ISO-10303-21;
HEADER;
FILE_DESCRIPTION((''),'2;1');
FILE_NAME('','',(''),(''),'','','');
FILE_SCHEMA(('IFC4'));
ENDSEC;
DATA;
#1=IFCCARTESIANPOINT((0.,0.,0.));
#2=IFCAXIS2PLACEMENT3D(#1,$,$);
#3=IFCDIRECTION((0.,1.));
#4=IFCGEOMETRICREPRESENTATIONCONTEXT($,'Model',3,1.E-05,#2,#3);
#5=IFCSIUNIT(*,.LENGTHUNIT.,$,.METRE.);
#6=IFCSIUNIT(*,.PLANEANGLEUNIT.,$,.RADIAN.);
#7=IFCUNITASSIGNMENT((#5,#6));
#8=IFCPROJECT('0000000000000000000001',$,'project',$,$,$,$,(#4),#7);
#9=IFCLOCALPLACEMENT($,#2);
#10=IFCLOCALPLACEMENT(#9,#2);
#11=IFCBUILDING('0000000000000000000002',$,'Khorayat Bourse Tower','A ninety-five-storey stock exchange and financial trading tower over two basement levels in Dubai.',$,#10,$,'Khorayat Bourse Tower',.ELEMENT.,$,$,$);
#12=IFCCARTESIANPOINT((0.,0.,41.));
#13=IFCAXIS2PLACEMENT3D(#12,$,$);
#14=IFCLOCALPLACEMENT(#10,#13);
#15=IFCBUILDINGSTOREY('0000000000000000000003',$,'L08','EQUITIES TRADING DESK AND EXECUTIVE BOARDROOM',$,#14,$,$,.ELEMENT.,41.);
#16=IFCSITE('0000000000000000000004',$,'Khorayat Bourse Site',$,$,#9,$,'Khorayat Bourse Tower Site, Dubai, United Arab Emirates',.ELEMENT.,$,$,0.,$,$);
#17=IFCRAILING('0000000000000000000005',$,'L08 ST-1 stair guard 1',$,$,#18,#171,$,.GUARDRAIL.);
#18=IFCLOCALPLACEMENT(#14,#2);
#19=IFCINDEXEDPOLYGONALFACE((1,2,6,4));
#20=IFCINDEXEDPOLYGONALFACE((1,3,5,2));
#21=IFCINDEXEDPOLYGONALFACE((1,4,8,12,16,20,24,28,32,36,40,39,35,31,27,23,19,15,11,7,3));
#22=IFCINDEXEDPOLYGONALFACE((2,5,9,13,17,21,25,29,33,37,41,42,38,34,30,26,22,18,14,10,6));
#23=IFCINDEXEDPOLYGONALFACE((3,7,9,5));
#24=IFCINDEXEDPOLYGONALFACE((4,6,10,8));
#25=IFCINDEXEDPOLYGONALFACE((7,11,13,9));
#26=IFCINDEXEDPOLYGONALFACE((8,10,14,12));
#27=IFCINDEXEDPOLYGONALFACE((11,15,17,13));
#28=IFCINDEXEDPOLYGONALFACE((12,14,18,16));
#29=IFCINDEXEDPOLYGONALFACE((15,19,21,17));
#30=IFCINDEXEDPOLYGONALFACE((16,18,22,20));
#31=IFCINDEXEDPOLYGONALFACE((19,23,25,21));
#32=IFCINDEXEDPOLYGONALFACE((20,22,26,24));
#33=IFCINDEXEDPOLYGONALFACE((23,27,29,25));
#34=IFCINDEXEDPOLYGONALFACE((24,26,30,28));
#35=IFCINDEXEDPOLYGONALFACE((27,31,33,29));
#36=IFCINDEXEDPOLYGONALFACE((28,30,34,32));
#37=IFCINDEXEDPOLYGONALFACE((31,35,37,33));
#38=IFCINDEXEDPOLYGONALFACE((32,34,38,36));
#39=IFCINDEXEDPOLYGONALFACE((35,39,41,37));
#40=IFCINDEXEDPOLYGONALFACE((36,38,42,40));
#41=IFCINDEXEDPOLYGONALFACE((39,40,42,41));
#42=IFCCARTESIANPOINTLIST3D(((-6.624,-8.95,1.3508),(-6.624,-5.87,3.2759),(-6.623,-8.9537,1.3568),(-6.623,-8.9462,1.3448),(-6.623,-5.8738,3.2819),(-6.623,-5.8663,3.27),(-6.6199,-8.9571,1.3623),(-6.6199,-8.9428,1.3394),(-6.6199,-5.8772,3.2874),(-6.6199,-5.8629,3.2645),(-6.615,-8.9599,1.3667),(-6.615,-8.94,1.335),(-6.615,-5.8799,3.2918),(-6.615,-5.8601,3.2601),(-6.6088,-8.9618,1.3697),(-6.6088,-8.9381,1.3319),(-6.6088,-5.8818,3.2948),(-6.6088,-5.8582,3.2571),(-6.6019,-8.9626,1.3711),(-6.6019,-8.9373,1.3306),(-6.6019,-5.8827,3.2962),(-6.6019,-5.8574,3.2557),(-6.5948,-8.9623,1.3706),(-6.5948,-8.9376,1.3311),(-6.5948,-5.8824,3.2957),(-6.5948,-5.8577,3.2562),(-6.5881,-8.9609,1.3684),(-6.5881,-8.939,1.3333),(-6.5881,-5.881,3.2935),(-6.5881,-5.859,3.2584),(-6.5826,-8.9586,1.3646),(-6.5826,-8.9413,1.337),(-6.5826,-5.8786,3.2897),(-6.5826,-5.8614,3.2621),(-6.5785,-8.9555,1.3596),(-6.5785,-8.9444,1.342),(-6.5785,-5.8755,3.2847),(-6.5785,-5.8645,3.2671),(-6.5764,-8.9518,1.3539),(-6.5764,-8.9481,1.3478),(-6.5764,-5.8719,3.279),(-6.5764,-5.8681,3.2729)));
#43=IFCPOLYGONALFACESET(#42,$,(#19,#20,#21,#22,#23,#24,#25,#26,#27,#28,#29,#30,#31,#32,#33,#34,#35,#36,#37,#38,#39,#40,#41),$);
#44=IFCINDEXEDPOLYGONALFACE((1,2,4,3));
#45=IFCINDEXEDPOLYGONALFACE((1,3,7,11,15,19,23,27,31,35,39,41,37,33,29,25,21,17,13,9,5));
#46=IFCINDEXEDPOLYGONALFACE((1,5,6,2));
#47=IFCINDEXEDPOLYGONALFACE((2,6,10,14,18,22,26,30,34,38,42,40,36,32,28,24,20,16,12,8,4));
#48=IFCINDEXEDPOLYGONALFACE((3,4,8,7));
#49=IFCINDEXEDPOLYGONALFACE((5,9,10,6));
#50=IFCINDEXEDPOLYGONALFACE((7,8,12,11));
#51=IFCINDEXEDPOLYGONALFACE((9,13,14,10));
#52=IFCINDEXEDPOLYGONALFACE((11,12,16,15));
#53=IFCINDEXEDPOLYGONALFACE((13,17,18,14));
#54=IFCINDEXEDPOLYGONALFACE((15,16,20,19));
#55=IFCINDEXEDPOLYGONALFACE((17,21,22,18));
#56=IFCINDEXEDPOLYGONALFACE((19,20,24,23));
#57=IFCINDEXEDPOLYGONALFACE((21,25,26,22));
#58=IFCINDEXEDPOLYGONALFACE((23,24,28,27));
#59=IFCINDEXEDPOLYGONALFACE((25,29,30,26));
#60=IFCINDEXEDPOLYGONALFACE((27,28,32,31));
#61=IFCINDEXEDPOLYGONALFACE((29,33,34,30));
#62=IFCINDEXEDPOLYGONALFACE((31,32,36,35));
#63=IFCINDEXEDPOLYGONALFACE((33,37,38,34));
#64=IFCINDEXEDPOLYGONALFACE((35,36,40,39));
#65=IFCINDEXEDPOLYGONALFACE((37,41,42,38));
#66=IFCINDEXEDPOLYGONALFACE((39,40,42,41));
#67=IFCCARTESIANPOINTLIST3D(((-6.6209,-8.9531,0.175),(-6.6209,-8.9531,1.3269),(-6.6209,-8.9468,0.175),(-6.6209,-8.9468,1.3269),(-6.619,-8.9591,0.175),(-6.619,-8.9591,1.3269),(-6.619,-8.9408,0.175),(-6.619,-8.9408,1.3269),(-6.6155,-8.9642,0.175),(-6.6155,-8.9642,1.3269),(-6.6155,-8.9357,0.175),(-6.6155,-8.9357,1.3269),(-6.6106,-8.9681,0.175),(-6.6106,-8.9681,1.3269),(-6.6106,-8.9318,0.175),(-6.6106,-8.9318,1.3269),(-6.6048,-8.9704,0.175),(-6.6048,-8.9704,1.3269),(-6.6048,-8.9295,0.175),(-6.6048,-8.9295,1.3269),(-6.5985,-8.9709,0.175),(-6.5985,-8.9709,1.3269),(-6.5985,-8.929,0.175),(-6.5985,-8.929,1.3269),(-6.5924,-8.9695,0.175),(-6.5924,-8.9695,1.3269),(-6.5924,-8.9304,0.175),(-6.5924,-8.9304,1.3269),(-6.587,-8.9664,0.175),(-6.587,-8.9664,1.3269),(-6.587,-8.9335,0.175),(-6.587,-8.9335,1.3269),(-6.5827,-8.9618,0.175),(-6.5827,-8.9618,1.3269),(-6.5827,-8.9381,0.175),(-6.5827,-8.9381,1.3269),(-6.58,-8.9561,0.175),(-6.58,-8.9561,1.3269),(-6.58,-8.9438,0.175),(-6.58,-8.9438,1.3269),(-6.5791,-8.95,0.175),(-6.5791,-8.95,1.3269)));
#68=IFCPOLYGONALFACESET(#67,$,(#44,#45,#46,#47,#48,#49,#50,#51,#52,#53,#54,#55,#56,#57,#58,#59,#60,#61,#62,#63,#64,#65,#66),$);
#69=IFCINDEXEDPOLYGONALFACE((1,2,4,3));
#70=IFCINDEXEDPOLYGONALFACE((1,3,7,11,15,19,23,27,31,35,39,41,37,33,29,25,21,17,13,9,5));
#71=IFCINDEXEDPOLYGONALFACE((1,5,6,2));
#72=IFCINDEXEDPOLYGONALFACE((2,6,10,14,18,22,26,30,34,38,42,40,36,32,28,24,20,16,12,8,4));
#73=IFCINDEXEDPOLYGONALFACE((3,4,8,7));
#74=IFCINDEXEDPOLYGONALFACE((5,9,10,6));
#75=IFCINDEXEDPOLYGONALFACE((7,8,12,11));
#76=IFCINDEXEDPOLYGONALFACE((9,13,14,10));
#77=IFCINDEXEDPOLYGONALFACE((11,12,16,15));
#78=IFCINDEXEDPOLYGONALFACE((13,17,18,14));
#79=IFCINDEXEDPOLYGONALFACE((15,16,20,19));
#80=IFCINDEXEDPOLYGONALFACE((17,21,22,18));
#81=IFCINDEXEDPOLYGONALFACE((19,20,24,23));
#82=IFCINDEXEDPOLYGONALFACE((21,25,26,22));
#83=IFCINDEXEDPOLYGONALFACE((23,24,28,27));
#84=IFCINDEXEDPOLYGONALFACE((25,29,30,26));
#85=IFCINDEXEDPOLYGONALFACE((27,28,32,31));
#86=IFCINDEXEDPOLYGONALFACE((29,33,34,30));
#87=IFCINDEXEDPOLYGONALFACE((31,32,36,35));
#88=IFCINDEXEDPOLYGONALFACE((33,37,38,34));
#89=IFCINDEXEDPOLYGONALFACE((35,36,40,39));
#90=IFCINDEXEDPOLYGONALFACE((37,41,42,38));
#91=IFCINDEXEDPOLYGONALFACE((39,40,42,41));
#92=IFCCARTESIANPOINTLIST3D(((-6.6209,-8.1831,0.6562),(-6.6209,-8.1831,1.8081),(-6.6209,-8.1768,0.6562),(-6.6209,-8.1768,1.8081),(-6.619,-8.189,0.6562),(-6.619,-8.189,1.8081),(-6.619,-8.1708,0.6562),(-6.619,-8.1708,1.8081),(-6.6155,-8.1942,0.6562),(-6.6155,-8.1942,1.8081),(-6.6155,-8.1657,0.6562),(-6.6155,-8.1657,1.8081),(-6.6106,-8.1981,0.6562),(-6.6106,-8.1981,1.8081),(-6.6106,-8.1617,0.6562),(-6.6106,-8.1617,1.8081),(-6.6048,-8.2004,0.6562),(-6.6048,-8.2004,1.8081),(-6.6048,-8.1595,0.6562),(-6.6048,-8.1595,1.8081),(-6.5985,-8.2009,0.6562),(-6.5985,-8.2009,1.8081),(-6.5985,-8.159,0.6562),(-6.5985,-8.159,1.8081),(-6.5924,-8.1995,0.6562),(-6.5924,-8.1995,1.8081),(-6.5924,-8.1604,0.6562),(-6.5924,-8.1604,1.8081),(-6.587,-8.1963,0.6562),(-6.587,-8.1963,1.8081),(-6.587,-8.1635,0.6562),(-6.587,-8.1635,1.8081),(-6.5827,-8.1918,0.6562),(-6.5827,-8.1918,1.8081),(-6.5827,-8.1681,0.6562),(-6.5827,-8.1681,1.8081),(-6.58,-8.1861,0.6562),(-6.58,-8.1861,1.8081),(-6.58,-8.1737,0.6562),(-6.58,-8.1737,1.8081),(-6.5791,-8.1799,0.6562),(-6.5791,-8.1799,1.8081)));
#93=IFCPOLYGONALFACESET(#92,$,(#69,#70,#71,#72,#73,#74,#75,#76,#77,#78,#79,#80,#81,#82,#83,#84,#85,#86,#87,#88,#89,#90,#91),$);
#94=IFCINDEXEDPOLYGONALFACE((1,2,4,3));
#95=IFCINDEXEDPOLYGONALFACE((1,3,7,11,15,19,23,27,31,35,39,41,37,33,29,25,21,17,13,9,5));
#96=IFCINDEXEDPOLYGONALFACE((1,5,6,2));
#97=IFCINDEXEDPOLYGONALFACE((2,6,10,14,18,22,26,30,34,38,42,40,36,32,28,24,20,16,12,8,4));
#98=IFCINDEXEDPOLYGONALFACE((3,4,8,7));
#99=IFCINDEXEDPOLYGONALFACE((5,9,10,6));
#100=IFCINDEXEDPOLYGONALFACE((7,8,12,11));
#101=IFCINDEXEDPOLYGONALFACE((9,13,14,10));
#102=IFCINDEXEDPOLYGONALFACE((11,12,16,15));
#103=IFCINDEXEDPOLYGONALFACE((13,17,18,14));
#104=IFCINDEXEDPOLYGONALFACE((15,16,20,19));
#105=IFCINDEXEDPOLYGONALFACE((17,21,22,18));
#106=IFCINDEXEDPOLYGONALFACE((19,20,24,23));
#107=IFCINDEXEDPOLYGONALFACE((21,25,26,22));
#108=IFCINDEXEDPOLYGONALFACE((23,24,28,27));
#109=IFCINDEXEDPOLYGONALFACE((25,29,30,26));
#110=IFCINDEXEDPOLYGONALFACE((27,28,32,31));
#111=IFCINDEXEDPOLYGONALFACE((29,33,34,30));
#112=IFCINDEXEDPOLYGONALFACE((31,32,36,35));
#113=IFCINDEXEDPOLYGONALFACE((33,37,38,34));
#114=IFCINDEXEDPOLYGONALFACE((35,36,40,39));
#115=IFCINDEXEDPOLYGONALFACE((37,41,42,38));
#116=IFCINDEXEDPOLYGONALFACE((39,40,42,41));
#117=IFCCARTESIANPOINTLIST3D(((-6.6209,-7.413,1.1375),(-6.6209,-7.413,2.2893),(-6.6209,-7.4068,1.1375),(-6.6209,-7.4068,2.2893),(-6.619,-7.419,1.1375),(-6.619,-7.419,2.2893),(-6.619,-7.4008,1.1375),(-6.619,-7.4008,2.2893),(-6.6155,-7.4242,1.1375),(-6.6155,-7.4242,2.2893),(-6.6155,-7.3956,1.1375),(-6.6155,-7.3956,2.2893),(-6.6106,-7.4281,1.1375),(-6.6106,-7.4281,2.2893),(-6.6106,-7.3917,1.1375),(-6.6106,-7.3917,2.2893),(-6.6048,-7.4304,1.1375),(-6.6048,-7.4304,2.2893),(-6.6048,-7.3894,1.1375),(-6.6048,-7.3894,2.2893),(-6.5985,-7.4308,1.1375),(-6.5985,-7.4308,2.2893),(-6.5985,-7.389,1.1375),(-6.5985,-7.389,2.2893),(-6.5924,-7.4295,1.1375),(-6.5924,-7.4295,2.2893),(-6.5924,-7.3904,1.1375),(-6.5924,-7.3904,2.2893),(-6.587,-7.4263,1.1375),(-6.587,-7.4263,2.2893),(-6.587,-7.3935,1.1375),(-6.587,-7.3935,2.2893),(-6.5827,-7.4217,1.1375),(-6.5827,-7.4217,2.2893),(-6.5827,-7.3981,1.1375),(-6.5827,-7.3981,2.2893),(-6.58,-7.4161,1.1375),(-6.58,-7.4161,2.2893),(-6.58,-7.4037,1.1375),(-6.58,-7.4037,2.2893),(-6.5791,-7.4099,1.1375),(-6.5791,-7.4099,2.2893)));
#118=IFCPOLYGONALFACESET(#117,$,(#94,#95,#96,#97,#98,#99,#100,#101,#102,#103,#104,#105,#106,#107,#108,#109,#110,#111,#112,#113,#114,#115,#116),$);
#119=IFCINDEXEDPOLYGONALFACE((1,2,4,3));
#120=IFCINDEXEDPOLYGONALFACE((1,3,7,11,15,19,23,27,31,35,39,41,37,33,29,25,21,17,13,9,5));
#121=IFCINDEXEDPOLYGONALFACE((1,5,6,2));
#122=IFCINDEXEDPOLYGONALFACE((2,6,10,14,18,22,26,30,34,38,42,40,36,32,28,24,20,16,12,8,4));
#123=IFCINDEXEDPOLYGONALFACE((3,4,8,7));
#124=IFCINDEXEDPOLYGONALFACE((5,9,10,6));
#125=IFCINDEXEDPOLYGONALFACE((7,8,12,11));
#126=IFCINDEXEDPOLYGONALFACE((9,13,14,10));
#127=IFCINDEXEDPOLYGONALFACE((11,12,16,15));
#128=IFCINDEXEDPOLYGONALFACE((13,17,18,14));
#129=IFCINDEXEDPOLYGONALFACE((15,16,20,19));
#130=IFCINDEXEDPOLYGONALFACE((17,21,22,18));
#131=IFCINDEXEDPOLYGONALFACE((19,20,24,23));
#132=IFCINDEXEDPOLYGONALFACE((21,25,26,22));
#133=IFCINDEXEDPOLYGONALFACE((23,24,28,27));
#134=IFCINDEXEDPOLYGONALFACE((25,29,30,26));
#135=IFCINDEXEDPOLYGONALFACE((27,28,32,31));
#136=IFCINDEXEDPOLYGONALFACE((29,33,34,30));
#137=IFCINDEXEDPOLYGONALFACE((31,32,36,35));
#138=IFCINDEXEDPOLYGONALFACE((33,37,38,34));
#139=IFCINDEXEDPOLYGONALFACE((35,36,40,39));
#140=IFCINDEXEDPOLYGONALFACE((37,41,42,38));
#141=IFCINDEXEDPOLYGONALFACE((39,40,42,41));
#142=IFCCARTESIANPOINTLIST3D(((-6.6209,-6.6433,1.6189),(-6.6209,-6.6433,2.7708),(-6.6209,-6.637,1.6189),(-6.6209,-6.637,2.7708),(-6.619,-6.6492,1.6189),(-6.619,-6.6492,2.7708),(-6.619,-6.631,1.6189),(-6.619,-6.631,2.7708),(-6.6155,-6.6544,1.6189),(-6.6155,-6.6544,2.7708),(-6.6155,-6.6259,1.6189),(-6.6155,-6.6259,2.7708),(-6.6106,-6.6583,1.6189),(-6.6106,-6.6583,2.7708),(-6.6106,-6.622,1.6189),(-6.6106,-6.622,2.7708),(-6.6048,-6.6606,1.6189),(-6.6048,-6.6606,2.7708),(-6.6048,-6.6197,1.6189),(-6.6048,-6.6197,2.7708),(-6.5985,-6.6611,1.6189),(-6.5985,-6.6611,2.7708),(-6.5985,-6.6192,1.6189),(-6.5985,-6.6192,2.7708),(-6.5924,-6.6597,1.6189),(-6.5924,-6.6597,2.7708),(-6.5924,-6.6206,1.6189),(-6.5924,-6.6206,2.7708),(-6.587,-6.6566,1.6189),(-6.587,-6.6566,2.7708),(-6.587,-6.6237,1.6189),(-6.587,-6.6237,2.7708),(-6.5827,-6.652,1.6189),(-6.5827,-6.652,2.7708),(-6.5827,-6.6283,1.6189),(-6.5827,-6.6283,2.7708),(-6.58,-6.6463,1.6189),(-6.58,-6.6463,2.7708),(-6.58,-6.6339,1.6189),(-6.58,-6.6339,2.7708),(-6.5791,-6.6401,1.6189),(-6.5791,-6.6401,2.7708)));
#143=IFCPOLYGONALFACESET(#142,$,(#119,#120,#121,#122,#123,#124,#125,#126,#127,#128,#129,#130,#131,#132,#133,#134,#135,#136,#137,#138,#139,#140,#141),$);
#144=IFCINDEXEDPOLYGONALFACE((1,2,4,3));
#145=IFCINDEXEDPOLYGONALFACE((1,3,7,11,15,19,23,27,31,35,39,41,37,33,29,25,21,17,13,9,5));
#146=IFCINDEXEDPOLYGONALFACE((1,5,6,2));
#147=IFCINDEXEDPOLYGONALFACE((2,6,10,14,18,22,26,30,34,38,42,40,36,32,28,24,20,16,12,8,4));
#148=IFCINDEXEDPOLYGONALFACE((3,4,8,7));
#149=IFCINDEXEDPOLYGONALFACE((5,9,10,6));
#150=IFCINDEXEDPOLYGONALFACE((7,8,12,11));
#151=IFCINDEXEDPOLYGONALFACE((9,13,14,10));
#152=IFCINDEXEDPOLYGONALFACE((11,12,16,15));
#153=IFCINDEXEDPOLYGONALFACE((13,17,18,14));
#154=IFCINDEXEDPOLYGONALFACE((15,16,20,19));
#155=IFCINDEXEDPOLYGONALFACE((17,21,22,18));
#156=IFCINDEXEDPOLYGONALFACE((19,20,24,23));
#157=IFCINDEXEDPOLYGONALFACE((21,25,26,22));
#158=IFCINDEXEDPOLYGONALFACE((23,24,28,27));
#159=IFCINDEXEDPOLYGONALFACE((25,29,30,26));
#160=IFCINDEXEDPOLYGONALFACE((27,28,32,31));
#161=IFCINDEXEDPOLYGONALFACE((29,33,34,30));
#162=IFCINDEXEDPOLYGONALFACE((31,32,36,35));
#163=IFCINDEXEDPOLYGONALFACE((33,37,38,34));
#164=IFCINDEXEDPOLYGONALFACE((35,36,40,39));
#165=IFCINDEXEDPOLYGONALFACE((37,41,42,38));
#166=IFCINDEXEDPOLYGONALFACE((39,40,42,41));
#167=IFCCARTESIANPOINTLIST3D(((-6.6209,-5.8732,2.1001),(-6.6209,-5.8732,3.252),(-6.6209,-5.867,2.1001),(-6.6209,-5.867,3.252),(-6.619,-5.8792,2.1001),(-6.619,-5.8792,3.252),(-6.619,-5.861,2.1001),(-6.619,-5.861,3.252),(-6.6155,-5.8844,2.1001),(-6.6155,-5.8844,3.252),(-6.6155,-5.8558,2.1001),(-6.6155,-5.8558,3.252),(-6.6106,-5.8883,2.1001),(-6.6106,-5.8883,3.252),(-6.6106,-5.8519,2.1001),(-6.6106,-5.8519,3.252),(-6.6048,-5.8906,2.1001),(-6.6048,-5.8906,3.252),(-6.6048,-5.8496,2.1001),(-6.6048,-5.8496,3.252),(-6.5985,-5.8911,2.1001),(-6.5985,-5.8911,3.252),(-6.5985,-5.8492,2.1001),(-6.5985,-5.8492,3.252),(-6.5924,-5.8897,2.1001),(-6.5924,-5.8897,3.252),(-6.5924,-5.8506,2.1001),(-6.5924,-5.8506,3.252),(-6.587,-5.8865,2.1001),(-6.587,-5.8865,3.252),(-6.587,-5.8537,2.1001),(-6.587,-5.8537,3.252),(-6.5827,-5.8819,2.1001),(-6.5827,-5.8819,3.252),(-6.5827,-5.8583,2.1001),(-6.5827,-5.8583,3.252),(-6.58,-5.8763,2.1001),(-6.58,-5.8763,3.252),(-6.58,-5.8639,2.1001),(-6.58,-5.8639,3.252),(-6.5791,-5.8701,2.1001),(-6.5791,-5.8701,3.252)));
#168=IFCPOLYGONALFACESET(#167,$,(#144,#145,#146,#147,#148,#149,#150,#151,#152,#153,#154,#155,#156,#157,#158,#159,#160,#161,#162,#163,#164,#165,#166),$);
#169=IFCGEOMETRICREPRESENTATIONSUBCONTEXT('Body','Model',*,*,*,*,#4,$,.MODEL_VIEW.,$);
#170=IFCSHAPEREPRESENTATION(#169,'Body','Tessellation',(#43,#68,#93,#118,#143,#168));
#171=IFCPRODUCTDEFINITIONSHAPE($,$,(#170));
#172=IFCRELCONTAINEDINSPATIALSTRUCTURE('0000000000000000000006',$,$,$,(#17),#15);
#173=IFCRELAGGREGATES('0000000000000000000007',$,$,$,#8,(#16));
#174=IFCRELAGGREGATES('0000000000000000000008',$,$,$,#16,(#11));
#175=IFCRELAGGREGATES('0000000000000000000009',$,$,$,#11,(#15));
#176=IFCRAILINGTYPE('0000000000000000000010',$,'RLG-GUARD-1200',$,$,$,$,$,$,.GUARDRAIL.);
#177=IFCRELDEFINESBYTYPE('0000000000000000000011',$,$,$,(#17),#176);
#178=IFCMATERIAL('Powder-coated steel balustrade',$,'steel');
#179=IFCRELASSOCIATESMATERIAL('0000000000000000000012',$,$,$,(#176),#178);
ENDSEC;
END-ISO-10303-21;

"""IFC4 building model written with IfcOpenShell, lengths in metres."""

from ifc_helpers import new_model, si_unit, direction, frame, origin, origin_2d, place, context, subcontext, project, spatial, circle, extrude, source, transform, mapped, material, type_object, element, save


model = new_model("IFC4")

# Units and contexts
model_context = context("Model", 3, precision=1e-05, world=origin(), true_north=direction((0.0, 1.0)))
body_context = subcontext(model_context, "Body", "Model", "MODEL_VIEW")
ifc_project = project(units=[si_unit("LENGTHUNIT", "METRE"), si_unit("PLANEANGLEUNIT", "RADIAN")], contexts=[model_context])

# Site, building, storey
site_placement = place(None, origin())
site = spatial("IfcSite", under=ifc_project, at=site_placement, Name="Khorayat Bourse Site", LongName="Khorayat Bourse Tower Site, Dubai, United Arab Emirates", CompositionType="ELEMENT", RefElevation=0.0)
building_placement = place(site_placement, origin())
building = spatial("IfcBuilding", under=site, at=building_placement, Name="Khorayat Bourse Tower", Description="A ninety-five-storey stock exchange and financial trading tower over two basement levels in Dubai.", LongName="Khorayat Bourse Tower", CompositionType="ELEMENT")
storey_placement = place(building_placement, frame((0.0, 0.0, 41.0)))
storey = spatial("IfcBuildingStorey", under=building, at=storey_placement, Name="L08", Description="EQUITIES TRADING DESK AND EXECUTIVE BOARDROOM", CompositionType="ELEMENT", Elevation=41.0)

# Railing
ifc_material_1 = material(Name="Powder-coated steel balustrade", Category="steel")
railing_type_1 = type_object("IfcRailingType", Name="RLG-GUARD-1200", PredefinedType="GUARDRAIL", material=ifc_material_1)
shared_shape_1 = source(origin(), body_context, "Body", "SweptSolid", [
    extrude(circle(Radius=0.0239, at=origin_2d()), frame((0.0, 0.0, 1.1758), z_axis=(0.0, 0.847979, 0.530029), x_axis=(-1.0, 0.0, 0.0)), (0.0, 0.0, 1.0), 3.6321),
    extrude(circle(Radius=0.021, at=origin_2d()), origin(), (0.0, 0.0, 1.0), 1.1519),
    extrude(circle(Radius=0.021, at=origin_2d()), frame((0.0, 0.77, 0.4812)), (0.0, 0.0, 1.0), 1.1519),
    extrude(circle(Radius=0.021, at=origin_2d()), frame((0.0, 1.54, 0.9624)), (0.0, 0.0, 1.0), 1.1519),
    extrude(circle(Radius=0.021, at=origin_2d()), frame((0.0, 2.3098, 1.4438)), (0.0, 0.0, 1.0), 1.1519),
    extrude(circle(Radius=0.021, at=origin_2d()), frame((0.0, 3.0798, 1.925)), (0.0, 0.0, 1.0), 1.1519),
])
railing_1_placement = place(storey_placement, frame((-6.6001, -8.95, 0.175)))
element("IfcRailing", 1, at=railing_1_placement, inside=storey, type_object=railing_type_1, Name="L08 ST-1 stair guard 1", PredefinedType="GUARDRAIL", context=body_context, shape_type="MappedRepresentation", body=[
    mapped(shared_shape_1, transform((0.0, 0.0, 0.0), scale=1.0)),
])

save(model, "model.ifc")
